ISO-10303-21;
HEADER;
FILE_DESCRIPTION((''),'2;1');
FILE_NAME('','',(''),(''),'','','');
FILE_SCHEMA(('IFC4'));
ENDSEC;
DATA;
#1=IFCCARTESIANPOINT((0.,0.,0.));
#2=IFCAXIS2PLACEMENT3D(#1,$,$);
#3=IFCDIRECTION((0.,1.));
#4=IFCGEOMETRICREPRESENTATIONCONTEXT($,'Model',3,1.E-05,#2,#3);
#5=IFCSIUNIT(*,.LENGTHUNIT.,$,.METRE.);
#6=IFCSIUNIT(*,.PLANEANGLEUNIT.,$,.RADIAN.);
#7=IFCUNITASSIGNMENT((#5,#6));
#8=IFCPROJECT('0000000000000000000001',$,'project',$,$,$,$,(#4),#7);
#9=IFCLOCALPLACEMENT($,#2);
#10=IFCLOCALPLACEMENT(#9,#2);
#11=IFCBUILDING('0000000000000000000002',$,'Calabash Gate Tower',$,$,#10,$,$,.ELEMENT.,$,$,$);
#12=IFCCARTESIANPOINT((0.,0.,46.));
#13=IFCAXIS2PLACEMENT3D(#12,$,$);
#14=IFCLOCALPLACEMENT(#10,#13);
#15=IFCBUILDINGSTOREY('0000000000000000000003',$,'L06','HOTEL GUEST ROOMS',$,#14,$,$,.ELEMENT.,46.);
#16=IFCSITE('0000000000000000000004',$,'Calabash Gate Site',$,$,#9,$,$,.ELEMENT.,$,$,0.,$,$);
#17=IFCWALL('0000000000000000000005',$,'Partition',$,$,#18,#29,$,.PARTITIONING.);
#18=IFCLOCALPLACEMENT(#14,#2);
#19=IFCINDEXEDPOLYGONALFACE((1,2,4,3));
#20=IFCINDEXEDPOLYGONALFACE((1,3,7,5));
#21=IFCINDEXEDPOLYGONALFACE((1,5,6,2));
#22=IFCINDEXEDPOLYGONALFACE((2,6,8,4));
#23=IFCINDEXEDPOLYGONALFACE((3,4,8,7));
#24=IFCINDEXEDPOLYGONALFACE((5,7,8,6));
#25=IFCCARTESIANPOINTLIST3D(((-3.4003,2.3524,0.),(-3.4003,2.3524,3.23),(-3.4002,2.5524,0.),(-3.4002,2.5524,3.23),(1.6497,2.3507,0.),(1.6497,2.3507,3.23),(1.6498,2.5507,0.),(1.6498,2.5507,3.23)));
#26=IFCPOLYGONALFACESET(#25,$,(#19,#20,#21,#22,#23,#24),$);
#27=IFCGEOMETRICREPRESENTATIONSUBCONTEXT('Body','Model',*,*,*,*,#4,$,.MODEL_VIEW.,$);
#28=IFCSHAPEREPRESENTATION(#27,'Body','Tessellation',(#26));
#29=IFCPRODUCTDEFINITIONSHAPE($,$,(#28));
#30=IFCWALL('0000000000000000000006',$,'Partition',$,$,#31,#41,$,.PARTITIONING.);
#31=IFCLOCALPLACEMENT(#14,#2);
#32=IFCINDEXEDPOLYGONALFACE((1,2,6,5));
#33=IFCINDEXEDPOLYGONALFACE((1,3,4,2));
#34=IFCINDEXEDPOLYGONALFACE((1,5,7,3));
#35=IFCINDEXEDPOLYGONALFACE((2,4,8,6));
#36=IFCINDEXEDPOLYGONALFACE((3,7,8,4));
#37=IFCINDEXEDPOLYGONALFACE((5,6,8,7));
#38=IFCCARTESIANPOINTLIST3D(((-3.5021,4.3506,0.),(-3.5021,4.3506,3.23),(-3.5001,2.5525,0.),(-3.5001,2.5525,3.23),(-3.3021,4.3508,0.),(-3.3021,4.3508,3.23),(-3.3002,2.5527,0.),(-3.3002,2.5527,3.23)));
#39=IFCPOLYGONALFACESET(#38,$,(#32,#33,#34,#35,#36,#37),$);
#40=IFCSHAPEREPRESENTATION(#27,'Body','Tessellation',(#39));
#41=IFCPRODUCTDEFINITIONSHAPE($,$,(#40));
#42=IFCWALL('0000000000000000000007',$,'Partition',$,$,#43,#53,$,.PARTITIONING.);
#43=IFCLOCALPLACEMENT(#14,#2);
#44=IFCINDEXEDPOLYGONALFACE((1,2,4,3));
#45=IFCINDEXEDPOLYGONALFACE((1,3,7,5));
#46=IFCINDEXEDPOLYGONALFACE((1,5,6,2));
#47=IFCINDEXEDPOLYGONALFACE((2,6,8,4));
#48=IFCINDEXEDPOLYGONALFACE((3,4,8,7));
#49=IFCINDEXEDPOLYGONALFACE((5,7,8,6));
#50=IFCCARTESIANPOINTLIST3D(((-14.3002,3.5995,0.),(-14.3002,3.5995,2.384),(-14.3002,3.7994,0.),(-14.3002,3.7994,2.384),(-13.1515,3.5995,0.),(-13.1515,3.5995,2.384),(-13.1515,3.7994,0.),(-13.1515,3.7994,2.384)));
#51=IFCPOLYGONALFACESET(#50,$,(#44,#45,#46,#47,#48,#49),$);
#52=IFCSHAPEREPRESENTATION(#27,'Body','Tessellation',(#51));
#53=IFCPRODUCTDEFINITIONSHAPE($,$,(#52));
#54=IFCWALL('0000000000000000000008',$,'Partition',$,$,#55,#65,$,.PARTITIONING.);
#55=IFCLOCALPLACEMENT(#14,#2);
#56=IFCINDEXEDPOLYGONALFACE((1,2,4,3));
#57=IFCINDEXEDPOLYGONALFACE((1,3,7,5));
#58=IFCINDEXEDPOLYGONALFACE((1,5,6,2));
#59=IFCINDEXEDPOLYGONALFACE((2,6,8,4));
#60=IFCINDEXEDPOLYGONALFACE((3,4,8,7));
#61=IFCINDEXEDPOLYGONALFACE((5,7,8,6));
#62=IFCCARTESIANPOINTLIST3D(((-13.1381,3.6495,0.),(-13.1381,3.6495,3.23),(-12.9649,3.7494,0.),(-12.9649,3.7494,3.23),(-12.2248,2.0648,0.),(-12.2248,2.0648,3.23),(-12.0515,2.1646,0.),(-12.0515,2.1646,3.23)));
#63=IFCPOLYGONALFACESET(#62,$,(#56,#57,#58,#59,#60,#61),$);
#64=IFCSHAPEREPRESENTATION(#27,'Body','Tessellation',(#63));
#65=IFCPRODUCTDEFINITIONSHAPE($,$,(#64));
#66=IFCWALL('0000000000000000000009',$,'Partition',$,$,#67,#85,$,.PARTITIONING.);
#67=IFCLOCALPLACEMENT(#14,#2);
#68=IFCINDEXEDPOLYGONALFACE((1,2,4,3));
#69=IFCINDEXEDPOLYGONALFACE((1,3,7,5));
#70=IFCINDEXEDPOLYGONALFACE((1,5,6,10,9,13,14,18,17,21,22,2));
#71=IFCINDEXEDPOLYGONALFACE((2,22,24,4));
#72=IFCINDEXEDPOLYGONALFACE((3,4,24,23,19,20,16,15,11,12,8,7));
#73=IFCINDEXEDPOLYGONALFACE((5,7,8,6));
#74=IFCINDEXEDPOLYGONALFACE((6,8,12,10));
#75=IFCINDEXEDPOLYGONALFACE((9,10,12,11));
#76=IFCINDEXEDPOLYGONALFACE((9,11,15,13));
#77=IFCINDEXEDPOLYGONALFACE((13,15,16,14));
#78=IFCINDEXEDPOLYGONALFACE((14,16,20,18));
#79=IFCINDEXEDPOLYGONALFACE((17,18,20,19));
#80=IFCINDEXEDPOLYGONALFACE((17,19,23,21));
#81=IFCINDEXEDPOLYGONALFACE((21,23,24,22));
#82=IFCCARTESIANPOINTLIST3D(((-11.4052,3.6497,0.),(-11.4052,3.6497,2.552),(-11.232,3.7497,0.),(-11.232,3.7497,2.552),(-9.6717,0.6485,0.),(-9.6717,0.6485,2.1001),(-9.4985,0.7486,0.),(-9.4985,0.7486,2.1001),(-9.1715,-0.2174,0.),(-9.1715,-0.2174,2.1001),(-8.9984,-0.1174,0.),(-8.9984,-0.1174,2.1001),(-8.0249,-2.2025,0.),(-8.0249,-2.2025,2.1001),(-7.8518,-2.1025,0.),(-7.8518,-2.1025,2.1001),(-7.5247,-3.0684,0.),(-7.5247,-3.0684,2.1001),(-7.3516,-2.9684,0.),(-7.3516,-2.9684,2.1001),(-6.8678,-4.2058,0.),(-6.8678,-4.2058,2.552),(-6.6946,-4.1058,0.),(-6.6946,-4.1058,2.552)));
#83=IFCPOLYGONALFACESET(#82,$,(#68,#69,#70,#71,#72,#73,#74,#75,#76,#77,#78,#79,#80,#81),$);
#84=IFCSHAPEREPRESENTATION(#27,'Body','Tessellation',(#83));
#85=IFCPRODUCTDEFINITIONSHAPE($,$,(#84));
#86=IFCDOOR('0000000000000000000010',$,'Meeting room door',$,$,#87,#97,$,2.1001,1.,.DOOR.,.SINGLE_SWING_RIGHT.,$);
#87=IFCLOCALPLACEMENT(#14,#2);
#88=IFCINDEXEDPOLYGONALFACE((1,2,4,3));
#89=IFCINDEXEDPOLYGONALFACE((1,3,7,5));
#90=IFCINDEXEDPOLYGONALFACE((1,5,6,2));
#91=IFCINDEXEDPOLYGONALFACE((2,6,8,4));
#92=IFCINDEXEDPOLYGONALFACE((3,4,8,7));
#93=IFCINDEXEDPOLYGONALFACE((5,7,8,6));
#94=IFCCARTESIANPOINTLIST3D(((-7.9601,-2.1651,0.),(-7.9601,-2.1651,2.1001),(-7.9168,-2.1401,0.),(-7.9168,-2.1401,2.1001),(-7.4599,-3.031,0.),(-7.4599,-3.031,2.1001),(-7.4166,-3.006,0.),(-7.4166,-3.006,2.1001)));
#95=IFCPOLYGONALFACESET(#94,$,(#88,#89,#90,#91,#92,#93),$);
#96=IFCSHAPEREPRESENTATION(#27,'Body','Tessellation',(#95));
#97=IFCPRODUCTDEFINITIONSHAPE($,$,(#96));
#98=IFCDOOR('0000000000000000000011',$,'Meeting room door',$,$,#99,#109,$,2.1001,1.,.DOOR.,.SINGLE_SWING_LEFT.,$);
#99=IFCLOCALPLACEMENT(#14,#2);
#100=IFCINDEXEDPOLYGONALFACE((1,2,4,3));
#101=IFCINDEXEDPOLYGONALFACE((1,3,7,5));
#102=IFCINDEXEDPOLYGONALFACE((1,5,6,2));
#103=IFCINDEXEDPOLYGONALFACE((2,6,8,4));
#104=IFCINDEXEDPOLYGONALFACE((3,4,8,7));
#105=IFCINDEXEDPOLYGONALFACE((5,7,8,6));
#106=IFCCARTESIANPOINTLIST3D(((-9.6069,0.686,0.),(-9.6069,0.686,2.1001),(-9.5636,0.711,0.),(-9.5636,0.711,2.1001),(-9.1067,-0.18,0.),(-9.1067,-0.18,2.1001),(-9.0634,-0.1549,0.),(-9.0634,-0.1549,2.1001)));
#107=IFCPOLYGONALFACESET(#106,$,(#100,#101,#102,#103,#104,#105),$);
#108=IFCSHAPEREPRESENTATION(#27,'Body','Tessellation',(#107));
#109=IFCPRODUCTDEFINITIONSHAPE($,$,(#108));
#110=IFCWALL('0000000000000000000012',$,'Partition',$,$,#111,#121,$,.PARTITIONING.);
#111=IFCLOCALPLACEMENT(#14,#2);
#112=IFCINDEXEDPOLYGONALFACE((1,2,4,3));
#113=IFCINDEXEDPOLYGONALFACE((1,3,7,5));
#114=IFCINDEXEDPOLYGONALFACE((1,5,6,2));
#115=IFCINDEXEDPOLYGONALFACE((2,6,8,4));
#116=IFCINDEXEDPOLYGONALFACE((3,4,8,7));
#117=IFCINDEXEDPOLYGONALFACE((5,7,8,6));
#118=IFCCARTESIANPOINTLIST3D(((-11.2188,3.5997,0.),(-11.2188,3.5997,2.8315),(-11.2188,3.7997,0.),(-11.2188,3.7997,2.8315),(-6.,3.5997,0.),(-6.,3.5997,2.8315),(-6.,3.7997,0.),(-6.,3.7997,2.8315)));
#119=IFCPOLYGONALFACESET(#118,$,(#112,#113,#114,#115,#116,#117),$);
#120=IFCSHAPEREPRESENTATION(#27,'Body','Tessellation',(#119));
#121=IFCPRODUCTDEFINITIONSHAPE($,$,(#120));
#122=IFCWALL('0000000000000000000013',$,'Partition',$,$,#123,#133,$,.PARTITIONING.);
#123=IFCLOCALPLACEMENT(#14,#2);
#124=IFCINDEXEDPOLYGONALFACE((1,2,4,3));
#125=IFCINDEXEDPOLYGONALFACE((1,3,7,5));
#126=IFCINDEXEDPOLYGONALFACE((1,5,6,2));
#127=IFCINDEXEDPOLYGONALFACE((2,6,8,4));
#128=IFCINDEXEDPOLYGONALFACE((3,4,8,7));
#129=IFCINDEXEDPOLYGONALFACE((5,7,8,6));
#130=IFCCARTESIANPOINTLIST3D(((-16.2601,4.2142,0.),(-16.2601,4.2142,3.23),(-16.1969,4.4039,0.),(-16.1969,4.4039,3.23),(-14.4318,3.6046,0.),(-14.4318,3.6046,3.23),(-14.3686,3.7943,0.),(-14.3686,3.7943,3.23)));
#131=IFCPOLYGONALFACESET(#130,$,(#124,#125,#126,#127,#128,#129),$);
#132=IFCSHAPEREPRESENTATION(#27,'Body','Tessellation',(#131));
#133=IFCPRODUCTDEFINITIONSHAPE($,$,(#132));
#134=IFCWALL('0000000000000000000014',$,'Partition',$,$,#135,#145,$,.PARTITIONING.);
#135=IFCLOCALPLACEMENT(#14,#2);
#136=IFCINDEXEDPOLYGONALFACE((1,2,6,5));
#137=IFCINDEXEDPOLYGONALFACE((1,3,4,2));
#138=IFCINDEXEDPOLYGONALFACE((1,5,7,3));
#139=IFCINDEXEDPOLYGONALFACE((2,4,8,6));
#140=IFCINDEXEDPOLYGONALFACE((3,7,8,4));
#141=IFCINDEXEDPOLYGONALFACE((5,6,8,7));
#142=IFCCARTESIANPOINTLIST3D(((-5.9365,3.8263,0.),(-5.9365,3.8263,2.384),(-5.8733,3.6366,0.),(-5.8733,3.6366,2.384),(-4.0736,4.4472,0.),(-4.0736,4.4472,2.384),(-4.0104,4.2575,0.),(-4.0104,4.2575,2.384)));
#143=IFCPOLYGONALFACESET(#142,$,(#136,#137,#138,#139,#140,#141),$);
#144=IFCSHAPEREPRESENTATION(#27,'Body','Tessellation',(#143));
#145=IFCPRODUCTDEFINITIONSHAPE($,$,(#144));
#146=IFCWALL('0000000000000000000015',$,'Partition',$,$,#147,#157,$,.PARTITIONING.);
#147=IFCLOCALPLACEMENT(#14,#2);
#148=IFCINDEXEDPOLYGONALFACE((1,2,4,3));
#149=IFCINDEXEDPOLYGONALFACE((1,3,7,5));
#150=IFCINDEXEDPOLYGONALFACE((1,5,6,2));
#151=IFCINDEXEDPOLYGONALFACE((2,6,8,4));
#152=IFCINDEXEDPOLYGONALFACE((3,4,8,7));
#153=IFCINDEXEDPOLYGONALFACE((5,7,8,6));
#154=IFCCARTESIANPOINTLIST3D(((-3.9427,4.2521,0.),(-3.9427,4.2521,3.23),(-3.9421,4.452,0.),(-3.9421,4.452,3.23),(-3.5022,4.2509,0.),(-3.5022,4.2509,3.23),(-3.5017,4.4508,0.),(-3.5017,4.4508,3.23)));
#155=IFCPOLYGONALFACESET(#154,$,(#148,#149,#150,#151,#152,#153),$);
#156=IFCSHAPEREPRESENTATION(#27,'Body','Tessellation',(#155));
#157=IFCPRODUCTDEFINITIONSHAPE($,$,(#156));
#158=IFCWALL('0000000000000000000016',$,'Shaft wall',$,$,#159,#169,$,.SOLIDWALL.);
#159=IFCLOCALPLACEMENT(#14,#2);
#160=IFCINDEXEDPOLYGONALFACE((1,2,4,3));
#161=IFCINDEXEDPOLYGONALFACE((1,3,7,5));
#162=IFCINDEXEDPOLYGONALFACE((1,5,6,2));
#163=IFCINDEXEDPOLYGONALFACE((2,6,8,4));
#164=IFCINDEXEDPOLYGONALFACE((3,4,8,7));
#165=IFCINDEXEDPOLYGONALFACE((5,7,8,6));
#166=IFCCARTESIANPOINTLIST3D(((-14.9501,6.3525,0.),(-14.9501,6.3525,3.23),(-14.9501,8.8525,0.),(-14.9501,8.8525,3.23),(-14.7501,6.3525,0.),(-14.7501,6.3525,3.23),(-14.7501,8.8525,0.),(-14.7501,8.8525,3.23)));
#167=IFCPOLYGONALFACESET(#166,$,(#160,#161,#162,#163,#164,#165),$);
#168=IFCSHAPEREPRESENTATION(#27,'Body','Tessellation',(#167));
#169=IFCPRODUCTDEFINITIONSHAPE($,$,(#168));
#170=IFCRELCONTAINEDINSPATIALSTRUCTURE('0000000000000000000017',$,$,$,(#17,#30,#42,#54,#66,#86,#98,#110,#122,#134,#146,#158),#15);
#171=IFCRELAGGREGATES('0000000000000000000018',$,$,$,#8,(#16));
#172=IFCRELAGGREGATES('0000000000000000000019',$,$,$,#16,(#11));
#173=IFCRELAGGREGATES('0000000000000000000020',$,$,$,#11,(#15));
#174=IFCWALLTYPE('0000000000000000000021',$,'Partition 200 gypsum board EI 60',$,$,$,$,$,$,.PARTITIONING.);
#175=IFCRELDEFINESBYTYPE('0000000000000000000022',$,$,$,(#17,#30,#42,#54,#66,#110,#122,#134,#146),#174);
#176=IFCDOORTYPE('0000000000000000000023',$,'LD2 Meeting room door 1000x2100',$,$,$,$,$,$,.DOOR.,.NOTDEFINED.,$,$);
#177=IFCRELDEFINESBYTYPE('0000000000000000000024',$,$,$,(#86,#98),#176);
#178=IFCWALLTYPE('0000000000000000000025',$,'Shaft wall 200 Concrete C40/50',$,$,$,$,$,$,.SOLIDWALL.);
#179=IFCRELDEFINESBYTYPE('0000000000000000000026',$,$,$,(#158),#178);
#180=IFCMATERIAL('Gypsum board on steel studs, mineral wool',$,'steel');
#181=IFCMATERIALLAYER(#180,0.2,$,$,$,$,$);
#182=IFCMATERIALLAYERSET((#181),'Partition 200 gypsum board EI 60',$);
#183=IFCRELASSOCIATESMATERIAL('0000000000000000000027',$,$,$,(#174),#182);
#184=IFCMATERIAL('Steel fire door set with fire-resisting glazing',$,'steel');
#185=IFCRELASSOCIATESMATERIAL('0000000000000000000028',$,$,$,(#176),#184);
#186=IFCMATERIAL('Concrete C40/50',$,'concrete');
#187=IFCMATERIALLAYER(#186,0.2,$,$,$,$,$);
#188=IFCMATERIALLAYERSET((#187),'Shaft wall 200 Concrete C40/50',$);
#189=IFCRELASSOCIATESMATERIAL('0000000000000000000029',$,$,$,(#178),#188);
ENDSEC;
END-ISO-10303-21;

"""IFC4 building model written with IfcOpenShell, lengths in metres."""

from ifc_helpers import new_model, si_unit, direction, frame, frame_2d, origin, place, context, subcontext, project, spatial, rectangle, extrude, material, layer, layer_set, type_object, element, fill, save


model = new_model("IFC4")

# Units and contexts
model_context = context("Model", 3, precision=1e-05, world=origin(), true_north=direction((0.0, 1.0)))
body_context = subcontext(model_context, "Body", "Model", "MODEL_VIEW")
ifc_project = project(units=[si_unit("LENGTHUNIT", "METRE"), si_unit("PLANEANGLEUNIT", "RADIAN")], contexts=[model_context])

# Site, building, storey
site_placement = place(None, origin())
site = spatial("IfcSite", under=ifc_project, at=site_placement, Name="Calabash Gate Site", CompositionType="ELEMENT", RefElevation=0.0)
building_placement = place(site_placement, origin())
building = spatial("IfcBuilding", under=site, at=building_placement, Name="Calabash Gate Tower", CompositionType="ELEMENT")
storey_placement = place(building_placement, frame((0.0, 0.0, 46.0)))
storey = spatial("IfcBuildingStorey", under=building, at=storey_placement, Name="L06", Description="HOTEL GUEST ROOMS", CompositionType="ELEMENT", Elevation=46.0)

# Shared definitions
ifc_material_1 = material(Name="Gypsum board on steel studs, mineral wool", Category="steel")
ifc_layer_1 = layer(ifc_material_1, 0.2)
ifc_layer_set_1 = layer_set([ifc_layer_1], Name="Partition 200 gypsum board EI 60")
wall_type_1 = type_object("IfcWallType", Name="Partition 200 gypsum board EI 60", PredefinedType="PARTITIONING", material=ifc_layer_set_1)

# Walls
wall_1_placement = place(storey_placement, frame((-3.4001, 2.4524, 0.0), z_axis=(0.0, 0.0, 1.0), x_axis=(1.0, -0.000338, 0.0)))
element("IfcWall", 1, at=wall_1_placement, inside=storey, type_object=wall_type_1, Name="Partition", PredefinedType="PARTITIONING", context=body_context, shape_type="SweptSolid", body=[
    extrude(rectangle(XDim=5.05, YDim=0.2, at=frame_2d((2.5249, 0.0))), origin(), (0.0, 0.0, 1.0), 3.23),
])
wall_2_placement = place(storey_placement, frame((-3.4021, 4.3506, 0.0), z_axis=(0.0, 0.0, 1.0), x_axis=(0.001086, -0.999999, 0.0)))
element("IfcWall", 2, at=wall_2_placement, inside=storey, type_object=wall_type_1, Name="Partition", PredefinedType="PARTITIONING", context=body_context, shape_type="SweptSolid", body=[
    extrude(rectangle(XDim=1.7981, YDim=0.2, at=frame_2d((0.8989, 0.0))), origin(), (0.0, 0.0, 1.0), 3.23),
])
wall_3_placement = place(storey_placement, frame((-14.3, 3.6995, 0.0), z_axis=(0.0, 0.0, 1.0), x_axis=(1.0, 0.0, 0.0)))
element("IfcWall", 3, at=wall_3_placement, inside=storey, type_object=wall_type_1, Name="Partition", PredefinedType="PARTITIONING", context=body_context, shape_type="SweptSolid", body=[
    extrude(rectangle(XDim=1.1487, YDim=0.2, at=frame_2d((0.5742, 0.0))), origin(), (0.0, 0.0, 1.0), 2.384),
])
wall_4_placement = place(storey_placement, frame((-13.0515, 3.6995, 0.0), z_axis=(0.0, 0.0, 1.0), x_axis=(0.499341, -0.866405, 0.0)))
element("IfcWall", 4, at=wall_4_placement, inside=storey, type_object=wall_type_1, Name="Partition", PredefinedType="PARTITIONING", context=body_context, shape_type="SweptSolid", body=[
    extrude(rectangle(XDim=1.8291, YDim=0.2, at=frame_2d((0.9146, 0.0))), origin(), (0.0, 0.0, 1.0), 3.23),
])

# Wall, openings, doors
wall_5_placement = place(storey_placement, frame((-11.3186, 3.6997, 0.0), z_axis=(0.0, 0.0, 1.0), x_axis=(0.500165, -0.86593, 0.0)))
wall_5 = element("IfcWall", 5, at=wall_5_placement, inside=storey, type_object=wall_type_1, Name="Partition", PredefinedType="PARTITIONING", context=body_context, shape_type="SweptSolid", body=[
    extrude(rectangle(XDim=9.0718, YDim=0.2, at=frame_2d((4.5359, 0.0))), origin(), (0.0, 0.0, 1.0), 2.552),
])
opening_1_placement = place(wall_5_placement, frame((6.7583, 0.0, 0.0)))
opening_1 = element("IfcOpeningElement", 6, at=opening_1_placement, cuts=wall_5, PredefinedType="OPENING", context=body_context, shape_type="SweptSolid", body=[
    extrude(rectangle(XDim=1.0, YDim=2.1001, at=frame_2d((0.5, 1.05))), frame((0.0, 0.1099, 0.0), z_axis=(0.0, -1.0, 0.0), x_axis=(1.0, 0.0, 0.0)), (0.0, 0.0, 1.0), 0.22),
])
opening_2_placement = place(wall_5_placement, frame((3.4658, 0.0, 0.0)))
opening_2 = element("IfcOpeningElement", 7, at=opening_2_placement, cuts=wall_5, PredefinedType="OPENING", context=body_context, shape_type="SweptSolid", body=[
    extrude(rectangle(XDim=1.0, YDim=2.1001, at=frame_2d((0.5, 1.05))), frame((0.0, 0.1099, 0.0), z_axis=(0.0, -1.0, 0.0), x_axis=(1.0, 0.0, 0.0)), (0.0, 0.0, 1.0), 0.22),
])
ifc_material_2 = material(Name="Steel fire door set with fire-resisting glazing", Category="steel")
door_type_1 = type_object("IfcDoorType", Name="LD2 Meeting room door 1000x2100", OperationType="NOTDEFINED", PredefinedType="DOOR", material=ifc_material_2)
door_1_placement = place(opening_1_placement, origin())
door_1 = element("IfcDoor", 8, at=door_1_placement, inside=storey, type_object=door_type_1, Name="Meeting room door", OperationType="SINGLE_SWING_RIGHT", OverallHeight=2.1001, OverallWidth=1.0, PredefinedType="DOOR", context=body_context, shape_type="SweptSolid", body=[
    extrude(rectangle(XDim=1.0, YDim=2.1001, at=frame_2d((0.5, 1.05))), frame((0.0, 0.0249, 0.0), z_axis=(0.0, -1.0, 0.0), x_axis=(1.0, 0.0, 0.0)), (0.0, 0.0, 1.0), 0.05),
])
fill(opening_1, door_1)
door_2_placement = place(opening_2_placement, origin())
door_2 = element("IfcDoor", 9, at=door_2_placement, inside=storey, type_object=door_type_1, Name="Meeting room door", OperationType="SINGLE_SWING_LEFT", OverallHeight=2.1001, OverallWidth=1.0, PredefinedType="DOOR", context=body_context, shape_type="SweptSolid", body=[
    extrude(rectangle(XDim=1.0, YDim=2.1001, at=frame_2d((0.5, 1.05))), frame((0.0, 0.0249, 0.0), z_axis=(0.0, -1.0, 0.0), x_axis=(1.0, 0.0, 0.0)), (0.0, 0.0, 1.0), 0.05),
])
fill(opening_2, door_2)

# Walls
wall_6_placement = place(storey_placement, frame((-11.2188, 3.6997, 0.0), z_axis=(0.0, 0.0, 1.0), x_axis=(1.0, 0.0, 0.0)))
element("IfcWall", 10, at=wall_6_placement, inside=storey, type_object=wall_type_1, Name="Partition", PredefinedType="PARTITIONING", context=body_context, shape_type="SweptSolid", body=[
    extrude(rectangle(XDim=5.2188, YDim=0.2, at=frame_2d((2.6094, 0.0))), origin(), (0.0, 0.0, 1.0), 2.8315),
])
wall_7_placement = place(storey_placement, frame((-16.2285, 4.3091, 0.0), z_axis=(0.0, 0.0, 1.0), x_axis=(0.948658, -0.316304, 0.0)))
element("IfcWall", 11, at=wall_7_placement, inside=storey, type_object=wall_type_1, Name="Partition", PredefinedType="PARTITIONING", context=body_context, shape_type="SweptSolid", body=[
    extrude(rectangle(XDim=1.9272, YDim=0.2, at=frame_2d((0.9636, 0.0))), origin(), (0.0, 0.0, 1.0), 3.23),
])
wall_8_placement = place(storey_placement, frame((-5.905, 3.7314, 0.0), z_axis=(0.0, 0.0, 1.0), x_axis=(0.948696, 0.31619, 0.0)))
element("IfcWall", 12, at=wall_8_placement, inside=storey, type_object=wall_type_1, Name="Partition", PredefinedType="PARTITIONING", context=body_context, shape_type="SweptSolid", body=[
    extrude(rectangle(XDim=1.9636, YDim=0.2, at=frame_2d((0.9819, 0.0))), origin(), (0.0, 0.0, 1.0), 2.384),
])
wall_9_placement = place(storey_placement, frame((-3.9424, 4.3521, 0.0), z_axis=(0.0, 0.0, 1.0), x_axis=(0.999996, -0.002772, 0.0)))
element("IfcWall", 13, at=wall_9_placement, inside=storey, type_object=wall_type_1, Name="Partition", PredefinedType="PARTITIONING", context=body_context, shape_type="SweptSolid", body=[
    extrude(rectangle(XDim=0.4404, YDim=0.2, at=frame_2d((0.2202, 0.0))), origin(), (0.0, 0.0, 1.0), 3.23),
])
ifc_material_3 = material(Name="Concrete C40/50", Category="concrete")
ifc_layer_2 = layer(ifc_material_3, 0.2)
ifc_layer_set_2 = layer_set([ifc_layer_2], Name="Shaft wall 200 Concrete C40/50")
wall_type_2 = type_object("IfcWallType", Name="Shaft wall 200 Concrete C40/50", PredefinedType="SOLIDWALL", material=ifc_layer_set_2)
wall_10_placement = place(storey_placement, frame((-14.8501, 6.3525, 0.0), z_axis=(0.0, 0.0, 1.0), x_axis=(0.0, 1.0, 0.0)))
element("IfcWall", 14, at=wall_10_placement, inside=storey, type_object=wall_type_2, Name="Shaft wall", PredefinedType="SOLIDWALL", context=body_context, shape_type="SweptSolid", body=[
    extrude(rectangle(XDim=2.5, YDim=0.2, at=frame_2d((1.25, 0.0))), origin(), (0.0, 0.0, 1.0), 3.23),
])

save(model, "model.ifc")
